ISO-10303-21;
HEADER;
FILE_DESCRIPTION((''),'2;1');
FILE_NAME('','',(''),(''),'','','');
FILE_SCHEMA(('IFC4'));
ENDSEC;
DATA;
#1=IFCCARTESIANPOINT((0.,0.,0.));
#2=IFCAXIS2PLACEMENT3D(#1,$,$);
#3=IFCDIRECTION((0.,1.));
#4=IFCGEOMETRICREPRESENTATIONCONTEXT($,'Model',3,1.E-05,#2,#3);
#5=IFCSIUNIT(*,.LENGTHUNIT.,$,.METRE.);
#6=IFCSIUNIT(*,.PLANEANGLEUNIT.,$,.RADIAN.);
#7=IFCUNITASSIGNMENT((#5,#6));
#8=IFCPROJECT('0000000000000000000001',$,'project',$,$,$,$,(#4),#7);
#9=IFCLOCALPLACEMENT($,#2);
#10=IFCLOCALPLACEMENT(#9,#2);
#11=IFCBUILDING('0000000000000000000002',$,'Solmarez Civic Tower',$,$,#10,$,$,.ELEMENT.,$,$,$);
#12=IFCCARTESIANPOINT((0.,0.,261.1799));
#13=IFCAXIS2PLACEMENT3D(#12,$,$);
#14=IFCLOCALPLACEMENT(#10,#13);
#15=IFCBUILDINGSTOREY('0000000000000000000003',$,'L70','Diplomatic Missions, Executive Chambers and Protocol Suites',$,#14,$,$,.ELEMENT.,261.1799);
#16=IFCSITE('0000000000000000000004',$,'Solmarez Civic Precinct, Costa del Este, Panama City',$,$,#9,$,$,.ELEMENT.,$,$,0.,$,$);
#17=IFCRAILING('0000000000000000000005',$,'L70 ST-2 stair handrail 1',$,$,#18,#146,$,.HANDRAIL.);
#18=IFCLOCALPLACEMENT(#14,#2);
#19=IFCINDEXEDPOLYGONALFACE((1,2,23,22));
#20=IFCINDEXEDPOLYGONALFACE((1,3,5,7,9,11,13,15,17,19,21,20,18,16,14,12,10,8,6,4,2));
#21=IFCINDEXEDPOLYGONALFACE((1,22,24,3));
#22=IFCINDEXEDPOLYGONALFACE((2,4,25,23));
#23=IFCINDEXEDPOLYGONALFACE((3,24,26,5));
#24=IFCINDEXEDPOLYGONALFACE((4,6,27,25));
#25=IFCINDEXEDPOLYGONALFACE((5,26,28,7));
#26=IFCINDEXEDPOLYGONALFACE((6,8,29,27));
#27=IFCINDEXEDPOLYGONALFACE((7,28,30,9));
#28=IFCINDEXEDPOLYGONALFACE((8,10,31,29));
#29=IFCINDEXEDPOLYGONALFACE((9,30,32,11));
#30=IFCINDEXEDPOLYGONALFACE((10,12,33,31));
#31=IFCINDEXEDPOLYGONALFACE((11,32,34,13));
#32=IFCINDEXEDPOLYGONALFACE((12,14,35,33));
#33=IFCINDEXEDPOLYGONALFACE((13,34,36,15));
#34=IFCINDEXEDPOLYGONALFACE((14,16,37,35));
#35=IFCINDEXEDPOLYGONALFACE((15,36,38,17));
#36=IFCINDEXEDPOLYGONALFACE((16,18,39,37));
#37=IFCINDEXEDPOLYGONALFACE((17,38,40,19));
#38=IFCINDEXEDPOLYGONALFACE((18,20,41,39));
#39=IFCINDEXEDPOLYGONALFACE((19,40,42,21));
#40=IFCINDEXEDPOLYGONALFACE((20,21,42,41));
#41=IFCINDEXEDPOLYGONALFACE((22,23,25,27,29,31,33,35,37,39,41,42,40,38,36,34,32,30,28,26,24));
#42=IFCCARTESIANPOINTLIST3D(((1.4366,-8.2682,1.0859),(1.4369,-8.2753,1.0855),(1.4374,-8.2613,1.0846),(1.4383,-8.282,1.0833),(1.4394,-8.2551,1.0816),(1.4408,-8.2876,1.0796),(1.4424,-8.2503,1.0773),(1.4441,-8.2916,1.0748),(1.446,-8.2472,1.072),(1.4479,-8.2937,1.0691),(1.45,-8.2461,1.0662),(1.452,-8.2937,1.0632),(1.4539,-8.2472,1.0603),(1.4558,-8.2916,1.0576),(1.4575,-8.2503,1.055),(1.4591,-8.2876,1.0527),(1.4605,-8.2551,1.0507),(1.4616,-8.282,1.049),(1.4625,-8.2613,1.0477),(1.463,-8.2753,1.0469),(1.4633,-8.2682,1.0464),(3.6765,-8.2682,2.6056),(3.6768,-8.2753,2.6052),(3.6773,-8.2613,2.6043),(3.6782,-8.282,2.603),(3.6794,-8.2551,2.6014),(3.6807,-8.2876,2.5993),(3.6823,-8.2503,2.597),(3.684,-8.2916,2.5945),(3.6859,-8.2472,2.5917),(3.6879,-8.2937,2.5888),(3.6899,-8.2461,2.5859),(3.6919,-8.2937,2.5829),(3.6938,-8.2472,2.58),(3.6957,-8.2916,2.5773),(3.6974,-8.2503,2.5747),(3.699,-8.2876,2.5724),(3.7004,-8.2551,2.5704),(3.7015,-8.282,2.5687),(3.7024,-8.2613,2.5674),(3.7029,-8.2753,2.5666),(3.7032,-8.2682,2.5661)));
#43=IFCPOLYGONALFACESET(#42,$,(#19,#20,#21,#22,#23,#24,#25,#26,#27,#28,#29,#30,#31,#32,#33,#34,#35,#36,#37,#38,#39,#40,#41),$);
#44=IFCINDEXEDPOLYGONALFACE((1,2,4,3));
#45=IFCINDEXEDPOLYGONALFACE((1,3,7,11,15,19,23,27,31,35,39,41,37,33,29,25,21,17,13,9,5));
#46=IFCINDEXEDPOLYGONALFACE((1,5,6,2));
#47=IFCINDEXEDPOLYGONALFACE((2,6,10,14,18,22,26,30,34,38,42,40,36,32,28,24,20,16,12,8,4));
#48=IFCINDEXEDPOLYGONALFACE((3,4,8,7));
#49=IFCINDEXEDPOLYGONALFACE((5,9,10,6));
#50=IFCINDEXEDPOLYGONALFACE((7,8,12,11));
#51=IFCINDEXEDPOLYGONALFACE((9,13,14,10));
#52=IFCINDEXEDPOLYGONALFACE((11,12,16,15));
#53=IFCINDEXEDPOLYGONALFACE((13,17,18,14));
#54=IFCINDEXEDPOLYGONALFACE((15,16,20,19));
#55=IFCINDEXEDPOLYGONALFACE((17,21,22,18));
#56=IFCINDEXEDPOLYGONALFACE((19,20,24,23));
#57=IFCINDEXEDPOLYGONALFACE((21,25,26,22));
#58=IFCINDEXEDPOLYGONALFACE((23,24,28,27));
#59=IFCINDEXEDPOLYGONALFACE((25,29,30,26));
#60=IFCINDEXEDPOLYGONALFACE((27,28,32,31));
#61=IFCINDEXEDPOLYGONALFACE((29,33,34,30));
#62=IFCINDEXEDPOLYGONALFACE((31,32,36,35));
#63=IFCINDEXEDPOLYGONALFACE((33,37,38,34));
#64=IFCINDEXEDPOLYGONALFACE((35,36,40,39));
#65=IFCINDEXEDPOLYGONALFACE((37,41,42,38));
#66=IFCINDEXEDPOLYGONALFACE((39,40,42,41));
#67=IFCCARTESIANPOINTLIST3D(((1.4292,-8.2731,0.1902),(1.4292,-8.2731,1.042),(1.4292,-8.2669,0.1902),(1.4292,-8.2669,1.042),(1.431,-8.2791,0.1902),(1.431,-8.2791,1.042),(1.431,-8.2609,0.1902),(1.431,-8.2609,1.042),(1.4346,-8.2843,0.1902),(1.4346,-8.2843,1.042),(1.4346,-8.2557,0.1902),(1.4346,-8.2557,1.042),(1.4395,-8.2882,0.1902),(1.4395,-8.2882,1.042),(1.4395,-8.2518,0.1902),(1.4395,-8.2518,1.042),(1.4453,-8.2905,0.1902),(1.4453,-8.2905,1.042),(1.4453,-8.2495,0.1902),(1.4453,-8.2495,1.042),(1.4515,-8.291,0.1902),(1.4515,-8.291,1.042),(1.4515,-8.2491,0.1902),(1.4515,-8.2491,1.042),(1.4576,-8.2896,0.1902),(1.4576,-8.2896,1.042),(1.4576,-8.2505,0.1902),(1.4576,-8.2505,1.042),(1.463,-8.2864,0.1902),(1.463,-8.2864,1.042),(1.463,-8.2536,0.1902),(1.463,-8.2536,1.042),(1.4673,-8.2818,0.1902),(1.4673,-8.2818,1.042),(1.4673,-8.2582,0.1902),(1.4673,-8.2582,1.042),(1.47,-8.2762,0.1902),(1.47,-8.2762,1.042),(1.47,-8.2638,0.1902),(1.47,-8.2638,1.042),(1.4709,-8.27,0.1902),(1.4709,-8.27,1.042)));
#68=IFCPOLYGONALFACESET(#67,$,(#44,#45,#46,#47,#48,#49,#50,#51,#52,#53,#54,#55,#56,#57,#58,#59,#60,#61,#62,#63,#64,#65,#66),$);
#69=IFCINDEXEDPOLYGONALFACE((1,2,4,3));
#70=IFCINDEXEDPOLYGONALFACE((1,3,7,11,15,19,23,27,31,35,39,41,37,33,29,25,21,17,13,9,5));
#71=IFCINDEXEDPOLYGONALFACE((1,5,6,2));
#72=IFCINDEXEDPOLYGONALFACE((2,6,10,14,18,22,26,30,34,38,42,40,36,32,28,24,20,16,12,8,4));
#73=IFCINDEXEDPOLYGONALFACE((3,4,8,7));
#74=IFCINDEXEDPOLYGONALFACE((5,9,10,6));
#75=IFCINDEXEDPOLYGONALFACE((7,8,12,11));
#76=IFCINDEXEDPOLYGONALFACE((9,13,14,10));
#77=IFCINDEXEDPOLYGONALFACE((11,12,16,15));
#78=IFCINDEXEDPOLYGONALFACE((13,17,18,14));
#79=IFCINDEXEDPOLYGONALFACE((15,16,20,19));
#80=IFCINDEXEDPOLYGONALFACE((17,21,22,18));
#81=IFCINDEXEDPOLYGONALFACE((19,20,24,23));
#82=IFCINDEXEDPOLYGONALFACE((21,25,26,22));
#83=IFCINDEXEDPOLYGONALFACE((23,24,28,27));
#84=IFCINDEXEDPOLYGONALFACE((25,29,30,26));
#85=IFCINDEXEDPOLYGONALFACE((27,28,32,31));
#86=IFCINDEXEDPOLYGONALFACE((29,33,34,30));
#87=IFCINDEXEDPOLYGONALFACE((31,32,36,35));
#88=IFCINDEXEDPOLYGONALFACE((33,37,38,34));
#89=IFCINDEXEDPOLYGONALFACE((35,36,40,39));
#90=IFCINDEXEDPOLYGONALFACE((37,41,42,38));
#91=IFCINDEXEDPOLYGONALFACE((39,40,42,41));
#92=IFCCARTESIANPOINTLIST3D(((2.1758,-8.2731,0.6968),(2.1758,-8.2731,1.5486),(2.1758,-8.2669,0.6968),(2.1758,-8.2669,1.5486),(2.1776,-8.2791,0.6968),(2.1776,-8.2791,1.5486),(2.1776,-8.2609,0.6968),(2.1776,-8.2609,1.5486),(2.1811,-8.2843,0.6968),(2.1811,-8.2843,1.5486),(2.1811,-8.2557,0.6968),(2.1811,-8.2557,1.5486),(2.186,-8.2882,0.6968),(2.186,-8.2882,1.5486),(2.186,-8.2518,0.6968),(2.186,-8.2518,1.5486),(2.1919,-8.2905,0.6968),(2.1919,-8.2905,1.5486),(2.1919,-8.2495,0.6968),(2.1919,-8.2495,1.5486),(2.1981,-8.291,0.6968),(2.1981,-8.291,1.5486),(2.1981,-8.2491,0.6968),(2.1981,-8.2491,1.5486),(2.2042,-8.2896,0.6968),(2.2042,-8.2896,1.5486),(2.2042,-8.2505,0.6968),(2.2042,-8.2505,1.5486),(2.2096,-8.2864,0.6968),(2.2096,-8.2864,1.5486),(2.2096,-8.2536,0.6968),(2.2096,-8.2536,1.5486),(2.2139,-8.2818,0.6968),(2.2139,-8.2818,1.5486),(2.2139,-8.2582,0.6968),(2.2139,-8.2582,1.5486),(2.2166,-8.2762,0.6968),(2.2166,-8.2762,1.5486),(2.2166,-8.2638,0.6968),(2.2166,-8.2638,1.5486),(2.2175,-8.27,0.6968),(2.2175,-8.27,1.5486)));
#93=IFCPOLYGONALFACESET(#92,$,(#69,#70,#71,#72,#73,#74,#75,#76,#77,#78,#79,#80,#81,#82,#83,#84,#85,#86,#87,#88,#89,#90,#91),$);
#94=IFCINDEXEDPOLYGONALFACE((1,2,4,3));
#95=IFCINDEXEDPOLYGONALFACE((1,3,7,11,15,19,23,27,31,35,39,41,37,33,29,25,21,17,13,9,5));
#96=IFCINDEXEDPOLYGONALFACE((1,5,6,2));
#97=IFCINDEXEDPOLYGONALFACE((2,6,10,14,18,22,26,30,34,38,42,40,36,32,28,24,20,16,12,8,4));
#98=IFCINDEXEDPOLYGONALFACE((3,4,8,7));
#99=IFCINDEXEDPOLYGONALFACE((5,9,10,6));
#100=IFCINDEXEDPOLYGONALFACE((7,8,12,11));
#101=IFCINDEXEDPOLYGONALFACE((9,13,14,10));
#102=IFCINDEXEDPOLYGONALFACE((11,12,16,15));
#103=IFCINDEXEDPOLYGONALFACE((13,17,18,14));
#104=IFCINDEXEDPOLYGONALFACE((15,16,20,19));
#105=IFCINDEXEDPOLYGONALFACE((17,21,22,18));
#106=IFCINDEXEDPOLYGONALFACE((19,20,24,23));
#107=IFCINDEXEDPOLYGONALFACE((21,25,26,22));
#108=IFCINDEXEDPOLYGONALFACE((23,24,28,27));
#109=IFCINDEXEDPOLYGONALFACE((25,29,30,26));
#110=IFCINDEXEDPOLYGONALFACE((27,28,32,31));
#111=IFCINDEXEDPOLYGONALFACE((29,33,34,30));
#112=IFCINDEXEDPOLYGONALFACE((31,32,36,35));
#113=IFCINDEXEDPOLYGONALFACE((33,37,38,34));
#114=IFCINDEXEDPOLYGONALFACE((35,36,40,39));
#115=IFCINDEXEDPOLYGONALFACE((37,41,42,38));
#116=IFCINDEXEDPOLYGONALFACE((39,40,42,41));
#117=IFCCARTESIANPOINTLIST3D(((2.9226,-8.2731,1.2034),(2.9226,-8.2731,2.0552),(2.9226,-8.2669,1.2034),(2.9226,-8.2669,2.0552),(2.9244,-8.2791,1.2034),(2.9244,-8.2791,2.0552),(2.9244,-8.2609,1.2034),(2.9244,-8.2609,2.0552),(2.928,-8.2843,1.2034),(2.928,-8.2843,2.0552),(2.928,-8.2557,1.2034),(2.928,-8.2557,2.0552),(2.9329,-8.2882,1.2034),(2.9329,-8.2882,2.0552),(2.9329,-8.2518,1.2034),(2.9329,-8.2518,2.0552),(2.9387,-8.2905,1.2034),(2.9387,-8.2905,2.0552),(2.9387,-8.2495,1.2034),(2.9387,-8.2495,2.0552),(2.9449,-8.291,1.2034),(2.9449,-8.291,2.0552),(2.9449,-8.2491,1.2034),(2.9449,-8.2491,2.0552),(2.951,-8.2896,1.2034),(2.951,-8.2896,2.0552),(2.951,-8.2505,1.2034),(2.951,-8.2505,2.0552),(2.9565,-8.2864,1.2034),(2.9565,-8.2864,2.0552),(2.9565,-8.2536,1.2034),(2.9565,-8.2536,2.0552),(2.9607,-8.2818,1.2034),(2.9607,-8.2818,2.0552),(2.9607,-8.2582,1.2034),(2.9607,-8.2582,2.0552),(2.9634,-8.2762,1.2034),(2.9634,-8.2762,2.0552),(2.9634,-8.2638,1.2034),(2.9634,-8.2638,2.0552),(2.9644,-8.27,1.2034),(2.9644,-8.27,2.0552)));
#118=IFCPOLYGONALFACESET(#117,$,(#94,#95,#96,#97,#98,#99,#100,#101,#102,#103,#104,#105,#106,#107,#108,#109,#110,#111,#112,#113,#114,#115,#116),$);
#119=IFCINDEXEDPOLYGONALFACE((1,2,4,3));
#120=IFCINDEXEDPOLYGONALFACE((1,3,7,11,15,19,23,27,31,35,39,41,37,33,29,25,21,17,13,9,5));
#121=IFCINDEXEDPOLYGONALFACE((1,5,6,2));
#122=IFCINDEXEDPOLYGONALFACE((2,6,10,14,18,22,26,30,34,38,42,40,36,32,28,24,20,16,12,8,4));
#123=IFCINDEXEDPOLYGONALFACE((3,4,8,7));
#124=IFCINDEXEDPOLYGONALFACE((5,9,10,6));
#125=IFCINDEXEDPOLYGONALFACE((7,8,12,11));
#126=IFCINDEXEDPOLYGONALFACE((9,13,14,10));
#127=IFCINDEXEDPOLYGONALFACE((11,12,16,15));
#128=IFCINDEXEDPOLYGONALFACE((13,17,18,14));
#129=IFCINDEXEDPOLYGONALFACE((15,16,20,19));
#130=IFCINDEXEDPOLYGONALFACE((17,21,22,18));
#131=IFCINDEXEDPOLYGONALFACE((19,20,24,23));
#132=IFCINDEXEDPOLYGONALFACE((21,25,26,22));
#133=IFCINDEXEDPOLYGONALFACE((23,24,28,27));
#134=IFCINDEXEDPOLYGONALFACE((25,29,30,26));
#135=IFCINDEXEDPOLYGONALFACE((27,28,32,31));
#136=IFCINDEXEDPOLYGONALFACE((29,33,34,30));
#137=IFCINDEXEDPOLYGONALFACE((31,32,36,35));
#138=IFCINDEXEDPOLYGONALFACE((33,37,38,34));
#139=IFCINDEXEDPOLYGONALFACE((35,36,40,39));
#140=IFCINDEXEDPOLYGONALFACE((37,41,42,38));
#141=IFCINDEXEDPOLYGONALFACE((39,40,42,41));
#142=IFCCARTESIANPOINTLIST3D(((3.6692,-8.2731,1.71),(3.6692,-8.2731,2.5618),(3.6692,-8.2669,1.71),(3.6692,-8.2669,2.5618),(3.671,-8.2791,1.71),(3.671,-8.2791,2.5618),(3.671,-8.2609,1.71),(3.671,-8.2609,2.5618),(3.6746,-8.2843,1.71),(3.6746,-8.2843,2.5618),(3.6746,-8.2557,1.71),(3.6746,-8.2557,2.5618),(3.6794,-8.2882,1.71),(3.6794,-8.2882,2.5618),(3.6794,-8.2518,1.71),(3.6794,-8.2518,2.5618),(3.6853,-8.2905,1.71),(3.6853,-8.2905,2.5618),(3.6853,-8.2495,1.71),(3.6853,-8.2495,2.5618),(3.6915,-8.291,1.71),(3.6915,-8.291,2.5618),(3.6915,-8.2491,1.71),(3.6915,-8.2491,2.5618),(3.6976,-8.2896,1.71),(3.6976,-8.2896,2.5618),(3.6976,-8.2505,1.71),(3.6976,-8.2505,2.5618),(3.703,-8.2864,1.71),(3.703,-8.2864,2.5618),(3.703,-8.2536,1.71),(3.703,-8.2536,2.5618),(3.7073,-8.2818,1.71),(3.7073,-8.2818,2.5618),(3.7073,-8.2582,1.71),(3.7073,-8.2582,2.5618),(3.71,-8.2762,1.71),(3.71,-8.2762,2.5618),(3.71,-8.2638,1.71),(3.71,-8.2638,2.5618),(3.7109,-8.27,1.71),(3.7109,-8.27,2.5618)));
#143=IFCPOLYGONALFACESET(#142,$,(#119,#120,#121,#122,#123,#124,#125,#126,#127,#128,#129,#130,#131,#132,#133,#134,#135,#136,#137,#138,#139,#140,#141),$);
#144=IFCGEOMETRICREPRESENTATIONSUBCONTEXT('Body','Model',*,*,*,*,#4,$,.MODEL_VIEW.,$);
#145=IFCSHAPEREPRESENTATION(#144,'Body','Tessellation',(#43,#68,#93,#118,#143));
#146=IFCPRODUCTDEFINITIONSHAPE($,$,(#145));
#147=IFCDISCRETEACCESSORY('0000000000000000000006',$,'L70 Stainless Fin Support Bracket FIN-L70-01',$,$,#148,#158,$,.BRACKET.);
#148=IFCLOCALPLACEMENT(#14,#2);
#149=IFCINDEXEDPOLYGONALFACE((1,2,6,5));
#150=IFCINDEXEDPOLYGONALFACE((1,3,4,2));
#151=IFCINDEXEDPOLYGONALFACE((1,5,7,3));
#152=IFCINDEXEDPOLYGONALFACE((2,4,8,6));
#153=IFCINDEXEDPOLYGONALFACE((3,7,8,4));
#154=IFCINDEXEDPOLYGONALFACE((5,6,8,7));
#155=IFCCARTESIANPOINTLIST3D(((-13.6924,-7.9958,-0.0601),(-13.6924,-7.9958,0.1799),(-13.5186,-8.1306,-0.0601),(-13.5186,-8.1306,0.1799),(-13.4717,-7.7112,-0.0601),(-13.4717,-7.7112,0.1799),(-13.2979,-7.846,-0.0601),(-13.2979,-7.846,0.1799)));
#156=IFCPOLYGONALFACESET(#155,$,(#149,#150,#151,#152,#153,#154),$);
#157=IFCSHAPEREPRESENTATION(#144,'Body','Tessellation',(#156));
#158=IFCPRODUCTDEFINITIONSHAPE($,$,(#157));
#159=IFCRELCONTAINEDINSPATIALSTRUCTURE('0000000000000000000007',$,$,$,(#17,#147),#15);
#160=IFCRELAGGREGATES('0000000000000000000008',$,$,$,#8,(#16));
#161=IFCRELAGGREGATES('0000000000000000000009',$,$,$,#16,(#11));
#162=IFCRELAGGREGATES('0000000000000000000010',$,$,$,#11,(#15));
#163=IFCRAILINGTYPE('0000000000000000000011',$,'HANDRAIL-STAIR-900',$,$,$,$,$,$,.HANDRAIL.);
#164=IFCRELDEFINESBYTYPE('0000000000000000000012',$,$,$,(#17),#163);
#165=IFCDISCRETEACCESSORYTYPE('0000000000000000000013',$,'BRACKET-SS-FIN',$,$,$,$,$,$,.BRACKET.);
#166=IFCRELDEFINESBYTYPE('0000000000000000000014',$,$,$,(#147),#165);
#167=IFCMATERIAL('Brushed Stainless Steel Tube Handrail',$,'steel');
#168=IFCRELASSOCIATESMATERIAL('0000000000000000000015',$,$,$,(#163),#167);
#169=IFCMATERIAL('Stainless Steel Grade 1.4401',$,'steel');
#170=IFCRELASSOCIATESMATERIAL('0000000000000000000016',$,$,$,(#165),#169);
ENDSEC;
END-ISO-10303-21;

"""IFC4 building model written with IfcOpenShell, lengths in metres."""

from ifc_helpers import new_model, si_unit, direction, frame, origin, origin_2d, place, context, subcontext, project, spatial, rectangle, circle, extrude, material, type_object, element, save


model = new_model("IFC4")

# Units and contexts
model_context = context("Model", 3, precision=1e-05, world=origin(), true_north=direction((0.0, 1.0)))
body_context = subcontext(model_context, "Body", "Model", "MODEL_VIEW")
ifc_project = project(units=[si_unit("LENGTHUNIT", "METRE"), si_unit("PLANEANGLEUNIT", "RADIAN")], contexts=[model_context])

# Site, building, storey
site_placement = place(None, origin())
site = spatial("IfcSite", under=ifc_project, at=site_placement, Name="Solmarez Civic Precinct, Costa del Este, Panama City", CompositionType="ELEMENT", RefElevation=0.0)
building_placement = place(site_placement, origin())
building = spatial("IfcBuilding", under=site, at=building_placement, Name="Solmarez Civic Tower", CompositionType="ELEMENT")
storey_placement = place(building_placement, frame((0.0, 0.0, 261.1799)))
storey = spatial("IfcBuildingStorey", under=building, at=storey_placement, Name="L70", Description="Diplomatic Missions, Executive Chambers and Protocol Suites", CompositionType="ELEMENT", Elevation=261.1799)

# Railing
ifc_material_1 = material(Name="Brushed Stainless Steel Tube Handrail", Category="steel")
railing_type_1 = type_object("IfcRailingType", Name="HANDRAIL-STAIR-900", PredefinedType="HANDRAIL", material=ifc_material_1)
railing_1_placement = place(storey_placement, frame((1.45, -8.27, 0.1902)))
element("IfcRailing", 1, at=railing_1_placement, inside=storey, type_object=railing_type_1, Name="L70 ST-2 stair handrail 1", PredefinedType="HANDRAIL", context=body_context, shape_type="SweptSolid", body=[
    extrude(circle(Radius=0.0239, at=origin_2d()), frame((0.0, 0.0, 0.876), z_axis=(0.827513, 0.0, 0.561446), x_axis=(0.0, 1.0, 0.0)), (0.0, 0.0, 1.0), 2.7068),
    extrude(circle(Radius=0.021, at=origin_2d()), origin(), (0.0, 0.0, 1.0), 0.8518),
    extrude(circle(Radius=0.021, at=origin_2d()), frame((0.7466, 0.0, 0.5066)), (0.0, 0.0, 1.0), 0.8518),
    extrude(circle(Radius=0.021, at=origin_2d()), frame((1.4934, 0.0, 1.0132)), (0.0, 0.0, 1.0), 0.8518),
    extrude(circle(Radius=0.021, at=origin_2d()), frame((2.24, 0.0, 1.5198)), (0.0, 0.0, 1.0), 0.8518),
])

# Discrete accessory
ifc_material_2 = material(Name="Stainless Steel Grade 1.4401", Category="steel")
discrete_accessory_type = type_object("IfcDiscreteAccessoryType", Name="BRACKET-SS-FIN", PredefinedType="BRACKET", material=ifc_material_2)
discrete_accessory_placement = place(storey_placement, frame((-13.4951, -7.9209, -0.0601), z_axis=(0.0, 0.0, 1.0), x_axis=(-0.612889, -0.790169, 0.0)))
element("IfcDiscreteAccessory", 2, at=discrete_accessory_placement, inside=storey, type_object=discrete_accessory_type, Name="L70 Stainless Fin Support Bracket FIN-L70-01", PredefinedType="BRACKET", context=body_context, shape_type="SweptSolid", body=[
    extrude(rectangle(XDim=0.3601, YDim=0.22, at=origin_2d()), origin(), (0.0, 0.0, 1.0), 0.24),
])

save(model, "model.ifc")
